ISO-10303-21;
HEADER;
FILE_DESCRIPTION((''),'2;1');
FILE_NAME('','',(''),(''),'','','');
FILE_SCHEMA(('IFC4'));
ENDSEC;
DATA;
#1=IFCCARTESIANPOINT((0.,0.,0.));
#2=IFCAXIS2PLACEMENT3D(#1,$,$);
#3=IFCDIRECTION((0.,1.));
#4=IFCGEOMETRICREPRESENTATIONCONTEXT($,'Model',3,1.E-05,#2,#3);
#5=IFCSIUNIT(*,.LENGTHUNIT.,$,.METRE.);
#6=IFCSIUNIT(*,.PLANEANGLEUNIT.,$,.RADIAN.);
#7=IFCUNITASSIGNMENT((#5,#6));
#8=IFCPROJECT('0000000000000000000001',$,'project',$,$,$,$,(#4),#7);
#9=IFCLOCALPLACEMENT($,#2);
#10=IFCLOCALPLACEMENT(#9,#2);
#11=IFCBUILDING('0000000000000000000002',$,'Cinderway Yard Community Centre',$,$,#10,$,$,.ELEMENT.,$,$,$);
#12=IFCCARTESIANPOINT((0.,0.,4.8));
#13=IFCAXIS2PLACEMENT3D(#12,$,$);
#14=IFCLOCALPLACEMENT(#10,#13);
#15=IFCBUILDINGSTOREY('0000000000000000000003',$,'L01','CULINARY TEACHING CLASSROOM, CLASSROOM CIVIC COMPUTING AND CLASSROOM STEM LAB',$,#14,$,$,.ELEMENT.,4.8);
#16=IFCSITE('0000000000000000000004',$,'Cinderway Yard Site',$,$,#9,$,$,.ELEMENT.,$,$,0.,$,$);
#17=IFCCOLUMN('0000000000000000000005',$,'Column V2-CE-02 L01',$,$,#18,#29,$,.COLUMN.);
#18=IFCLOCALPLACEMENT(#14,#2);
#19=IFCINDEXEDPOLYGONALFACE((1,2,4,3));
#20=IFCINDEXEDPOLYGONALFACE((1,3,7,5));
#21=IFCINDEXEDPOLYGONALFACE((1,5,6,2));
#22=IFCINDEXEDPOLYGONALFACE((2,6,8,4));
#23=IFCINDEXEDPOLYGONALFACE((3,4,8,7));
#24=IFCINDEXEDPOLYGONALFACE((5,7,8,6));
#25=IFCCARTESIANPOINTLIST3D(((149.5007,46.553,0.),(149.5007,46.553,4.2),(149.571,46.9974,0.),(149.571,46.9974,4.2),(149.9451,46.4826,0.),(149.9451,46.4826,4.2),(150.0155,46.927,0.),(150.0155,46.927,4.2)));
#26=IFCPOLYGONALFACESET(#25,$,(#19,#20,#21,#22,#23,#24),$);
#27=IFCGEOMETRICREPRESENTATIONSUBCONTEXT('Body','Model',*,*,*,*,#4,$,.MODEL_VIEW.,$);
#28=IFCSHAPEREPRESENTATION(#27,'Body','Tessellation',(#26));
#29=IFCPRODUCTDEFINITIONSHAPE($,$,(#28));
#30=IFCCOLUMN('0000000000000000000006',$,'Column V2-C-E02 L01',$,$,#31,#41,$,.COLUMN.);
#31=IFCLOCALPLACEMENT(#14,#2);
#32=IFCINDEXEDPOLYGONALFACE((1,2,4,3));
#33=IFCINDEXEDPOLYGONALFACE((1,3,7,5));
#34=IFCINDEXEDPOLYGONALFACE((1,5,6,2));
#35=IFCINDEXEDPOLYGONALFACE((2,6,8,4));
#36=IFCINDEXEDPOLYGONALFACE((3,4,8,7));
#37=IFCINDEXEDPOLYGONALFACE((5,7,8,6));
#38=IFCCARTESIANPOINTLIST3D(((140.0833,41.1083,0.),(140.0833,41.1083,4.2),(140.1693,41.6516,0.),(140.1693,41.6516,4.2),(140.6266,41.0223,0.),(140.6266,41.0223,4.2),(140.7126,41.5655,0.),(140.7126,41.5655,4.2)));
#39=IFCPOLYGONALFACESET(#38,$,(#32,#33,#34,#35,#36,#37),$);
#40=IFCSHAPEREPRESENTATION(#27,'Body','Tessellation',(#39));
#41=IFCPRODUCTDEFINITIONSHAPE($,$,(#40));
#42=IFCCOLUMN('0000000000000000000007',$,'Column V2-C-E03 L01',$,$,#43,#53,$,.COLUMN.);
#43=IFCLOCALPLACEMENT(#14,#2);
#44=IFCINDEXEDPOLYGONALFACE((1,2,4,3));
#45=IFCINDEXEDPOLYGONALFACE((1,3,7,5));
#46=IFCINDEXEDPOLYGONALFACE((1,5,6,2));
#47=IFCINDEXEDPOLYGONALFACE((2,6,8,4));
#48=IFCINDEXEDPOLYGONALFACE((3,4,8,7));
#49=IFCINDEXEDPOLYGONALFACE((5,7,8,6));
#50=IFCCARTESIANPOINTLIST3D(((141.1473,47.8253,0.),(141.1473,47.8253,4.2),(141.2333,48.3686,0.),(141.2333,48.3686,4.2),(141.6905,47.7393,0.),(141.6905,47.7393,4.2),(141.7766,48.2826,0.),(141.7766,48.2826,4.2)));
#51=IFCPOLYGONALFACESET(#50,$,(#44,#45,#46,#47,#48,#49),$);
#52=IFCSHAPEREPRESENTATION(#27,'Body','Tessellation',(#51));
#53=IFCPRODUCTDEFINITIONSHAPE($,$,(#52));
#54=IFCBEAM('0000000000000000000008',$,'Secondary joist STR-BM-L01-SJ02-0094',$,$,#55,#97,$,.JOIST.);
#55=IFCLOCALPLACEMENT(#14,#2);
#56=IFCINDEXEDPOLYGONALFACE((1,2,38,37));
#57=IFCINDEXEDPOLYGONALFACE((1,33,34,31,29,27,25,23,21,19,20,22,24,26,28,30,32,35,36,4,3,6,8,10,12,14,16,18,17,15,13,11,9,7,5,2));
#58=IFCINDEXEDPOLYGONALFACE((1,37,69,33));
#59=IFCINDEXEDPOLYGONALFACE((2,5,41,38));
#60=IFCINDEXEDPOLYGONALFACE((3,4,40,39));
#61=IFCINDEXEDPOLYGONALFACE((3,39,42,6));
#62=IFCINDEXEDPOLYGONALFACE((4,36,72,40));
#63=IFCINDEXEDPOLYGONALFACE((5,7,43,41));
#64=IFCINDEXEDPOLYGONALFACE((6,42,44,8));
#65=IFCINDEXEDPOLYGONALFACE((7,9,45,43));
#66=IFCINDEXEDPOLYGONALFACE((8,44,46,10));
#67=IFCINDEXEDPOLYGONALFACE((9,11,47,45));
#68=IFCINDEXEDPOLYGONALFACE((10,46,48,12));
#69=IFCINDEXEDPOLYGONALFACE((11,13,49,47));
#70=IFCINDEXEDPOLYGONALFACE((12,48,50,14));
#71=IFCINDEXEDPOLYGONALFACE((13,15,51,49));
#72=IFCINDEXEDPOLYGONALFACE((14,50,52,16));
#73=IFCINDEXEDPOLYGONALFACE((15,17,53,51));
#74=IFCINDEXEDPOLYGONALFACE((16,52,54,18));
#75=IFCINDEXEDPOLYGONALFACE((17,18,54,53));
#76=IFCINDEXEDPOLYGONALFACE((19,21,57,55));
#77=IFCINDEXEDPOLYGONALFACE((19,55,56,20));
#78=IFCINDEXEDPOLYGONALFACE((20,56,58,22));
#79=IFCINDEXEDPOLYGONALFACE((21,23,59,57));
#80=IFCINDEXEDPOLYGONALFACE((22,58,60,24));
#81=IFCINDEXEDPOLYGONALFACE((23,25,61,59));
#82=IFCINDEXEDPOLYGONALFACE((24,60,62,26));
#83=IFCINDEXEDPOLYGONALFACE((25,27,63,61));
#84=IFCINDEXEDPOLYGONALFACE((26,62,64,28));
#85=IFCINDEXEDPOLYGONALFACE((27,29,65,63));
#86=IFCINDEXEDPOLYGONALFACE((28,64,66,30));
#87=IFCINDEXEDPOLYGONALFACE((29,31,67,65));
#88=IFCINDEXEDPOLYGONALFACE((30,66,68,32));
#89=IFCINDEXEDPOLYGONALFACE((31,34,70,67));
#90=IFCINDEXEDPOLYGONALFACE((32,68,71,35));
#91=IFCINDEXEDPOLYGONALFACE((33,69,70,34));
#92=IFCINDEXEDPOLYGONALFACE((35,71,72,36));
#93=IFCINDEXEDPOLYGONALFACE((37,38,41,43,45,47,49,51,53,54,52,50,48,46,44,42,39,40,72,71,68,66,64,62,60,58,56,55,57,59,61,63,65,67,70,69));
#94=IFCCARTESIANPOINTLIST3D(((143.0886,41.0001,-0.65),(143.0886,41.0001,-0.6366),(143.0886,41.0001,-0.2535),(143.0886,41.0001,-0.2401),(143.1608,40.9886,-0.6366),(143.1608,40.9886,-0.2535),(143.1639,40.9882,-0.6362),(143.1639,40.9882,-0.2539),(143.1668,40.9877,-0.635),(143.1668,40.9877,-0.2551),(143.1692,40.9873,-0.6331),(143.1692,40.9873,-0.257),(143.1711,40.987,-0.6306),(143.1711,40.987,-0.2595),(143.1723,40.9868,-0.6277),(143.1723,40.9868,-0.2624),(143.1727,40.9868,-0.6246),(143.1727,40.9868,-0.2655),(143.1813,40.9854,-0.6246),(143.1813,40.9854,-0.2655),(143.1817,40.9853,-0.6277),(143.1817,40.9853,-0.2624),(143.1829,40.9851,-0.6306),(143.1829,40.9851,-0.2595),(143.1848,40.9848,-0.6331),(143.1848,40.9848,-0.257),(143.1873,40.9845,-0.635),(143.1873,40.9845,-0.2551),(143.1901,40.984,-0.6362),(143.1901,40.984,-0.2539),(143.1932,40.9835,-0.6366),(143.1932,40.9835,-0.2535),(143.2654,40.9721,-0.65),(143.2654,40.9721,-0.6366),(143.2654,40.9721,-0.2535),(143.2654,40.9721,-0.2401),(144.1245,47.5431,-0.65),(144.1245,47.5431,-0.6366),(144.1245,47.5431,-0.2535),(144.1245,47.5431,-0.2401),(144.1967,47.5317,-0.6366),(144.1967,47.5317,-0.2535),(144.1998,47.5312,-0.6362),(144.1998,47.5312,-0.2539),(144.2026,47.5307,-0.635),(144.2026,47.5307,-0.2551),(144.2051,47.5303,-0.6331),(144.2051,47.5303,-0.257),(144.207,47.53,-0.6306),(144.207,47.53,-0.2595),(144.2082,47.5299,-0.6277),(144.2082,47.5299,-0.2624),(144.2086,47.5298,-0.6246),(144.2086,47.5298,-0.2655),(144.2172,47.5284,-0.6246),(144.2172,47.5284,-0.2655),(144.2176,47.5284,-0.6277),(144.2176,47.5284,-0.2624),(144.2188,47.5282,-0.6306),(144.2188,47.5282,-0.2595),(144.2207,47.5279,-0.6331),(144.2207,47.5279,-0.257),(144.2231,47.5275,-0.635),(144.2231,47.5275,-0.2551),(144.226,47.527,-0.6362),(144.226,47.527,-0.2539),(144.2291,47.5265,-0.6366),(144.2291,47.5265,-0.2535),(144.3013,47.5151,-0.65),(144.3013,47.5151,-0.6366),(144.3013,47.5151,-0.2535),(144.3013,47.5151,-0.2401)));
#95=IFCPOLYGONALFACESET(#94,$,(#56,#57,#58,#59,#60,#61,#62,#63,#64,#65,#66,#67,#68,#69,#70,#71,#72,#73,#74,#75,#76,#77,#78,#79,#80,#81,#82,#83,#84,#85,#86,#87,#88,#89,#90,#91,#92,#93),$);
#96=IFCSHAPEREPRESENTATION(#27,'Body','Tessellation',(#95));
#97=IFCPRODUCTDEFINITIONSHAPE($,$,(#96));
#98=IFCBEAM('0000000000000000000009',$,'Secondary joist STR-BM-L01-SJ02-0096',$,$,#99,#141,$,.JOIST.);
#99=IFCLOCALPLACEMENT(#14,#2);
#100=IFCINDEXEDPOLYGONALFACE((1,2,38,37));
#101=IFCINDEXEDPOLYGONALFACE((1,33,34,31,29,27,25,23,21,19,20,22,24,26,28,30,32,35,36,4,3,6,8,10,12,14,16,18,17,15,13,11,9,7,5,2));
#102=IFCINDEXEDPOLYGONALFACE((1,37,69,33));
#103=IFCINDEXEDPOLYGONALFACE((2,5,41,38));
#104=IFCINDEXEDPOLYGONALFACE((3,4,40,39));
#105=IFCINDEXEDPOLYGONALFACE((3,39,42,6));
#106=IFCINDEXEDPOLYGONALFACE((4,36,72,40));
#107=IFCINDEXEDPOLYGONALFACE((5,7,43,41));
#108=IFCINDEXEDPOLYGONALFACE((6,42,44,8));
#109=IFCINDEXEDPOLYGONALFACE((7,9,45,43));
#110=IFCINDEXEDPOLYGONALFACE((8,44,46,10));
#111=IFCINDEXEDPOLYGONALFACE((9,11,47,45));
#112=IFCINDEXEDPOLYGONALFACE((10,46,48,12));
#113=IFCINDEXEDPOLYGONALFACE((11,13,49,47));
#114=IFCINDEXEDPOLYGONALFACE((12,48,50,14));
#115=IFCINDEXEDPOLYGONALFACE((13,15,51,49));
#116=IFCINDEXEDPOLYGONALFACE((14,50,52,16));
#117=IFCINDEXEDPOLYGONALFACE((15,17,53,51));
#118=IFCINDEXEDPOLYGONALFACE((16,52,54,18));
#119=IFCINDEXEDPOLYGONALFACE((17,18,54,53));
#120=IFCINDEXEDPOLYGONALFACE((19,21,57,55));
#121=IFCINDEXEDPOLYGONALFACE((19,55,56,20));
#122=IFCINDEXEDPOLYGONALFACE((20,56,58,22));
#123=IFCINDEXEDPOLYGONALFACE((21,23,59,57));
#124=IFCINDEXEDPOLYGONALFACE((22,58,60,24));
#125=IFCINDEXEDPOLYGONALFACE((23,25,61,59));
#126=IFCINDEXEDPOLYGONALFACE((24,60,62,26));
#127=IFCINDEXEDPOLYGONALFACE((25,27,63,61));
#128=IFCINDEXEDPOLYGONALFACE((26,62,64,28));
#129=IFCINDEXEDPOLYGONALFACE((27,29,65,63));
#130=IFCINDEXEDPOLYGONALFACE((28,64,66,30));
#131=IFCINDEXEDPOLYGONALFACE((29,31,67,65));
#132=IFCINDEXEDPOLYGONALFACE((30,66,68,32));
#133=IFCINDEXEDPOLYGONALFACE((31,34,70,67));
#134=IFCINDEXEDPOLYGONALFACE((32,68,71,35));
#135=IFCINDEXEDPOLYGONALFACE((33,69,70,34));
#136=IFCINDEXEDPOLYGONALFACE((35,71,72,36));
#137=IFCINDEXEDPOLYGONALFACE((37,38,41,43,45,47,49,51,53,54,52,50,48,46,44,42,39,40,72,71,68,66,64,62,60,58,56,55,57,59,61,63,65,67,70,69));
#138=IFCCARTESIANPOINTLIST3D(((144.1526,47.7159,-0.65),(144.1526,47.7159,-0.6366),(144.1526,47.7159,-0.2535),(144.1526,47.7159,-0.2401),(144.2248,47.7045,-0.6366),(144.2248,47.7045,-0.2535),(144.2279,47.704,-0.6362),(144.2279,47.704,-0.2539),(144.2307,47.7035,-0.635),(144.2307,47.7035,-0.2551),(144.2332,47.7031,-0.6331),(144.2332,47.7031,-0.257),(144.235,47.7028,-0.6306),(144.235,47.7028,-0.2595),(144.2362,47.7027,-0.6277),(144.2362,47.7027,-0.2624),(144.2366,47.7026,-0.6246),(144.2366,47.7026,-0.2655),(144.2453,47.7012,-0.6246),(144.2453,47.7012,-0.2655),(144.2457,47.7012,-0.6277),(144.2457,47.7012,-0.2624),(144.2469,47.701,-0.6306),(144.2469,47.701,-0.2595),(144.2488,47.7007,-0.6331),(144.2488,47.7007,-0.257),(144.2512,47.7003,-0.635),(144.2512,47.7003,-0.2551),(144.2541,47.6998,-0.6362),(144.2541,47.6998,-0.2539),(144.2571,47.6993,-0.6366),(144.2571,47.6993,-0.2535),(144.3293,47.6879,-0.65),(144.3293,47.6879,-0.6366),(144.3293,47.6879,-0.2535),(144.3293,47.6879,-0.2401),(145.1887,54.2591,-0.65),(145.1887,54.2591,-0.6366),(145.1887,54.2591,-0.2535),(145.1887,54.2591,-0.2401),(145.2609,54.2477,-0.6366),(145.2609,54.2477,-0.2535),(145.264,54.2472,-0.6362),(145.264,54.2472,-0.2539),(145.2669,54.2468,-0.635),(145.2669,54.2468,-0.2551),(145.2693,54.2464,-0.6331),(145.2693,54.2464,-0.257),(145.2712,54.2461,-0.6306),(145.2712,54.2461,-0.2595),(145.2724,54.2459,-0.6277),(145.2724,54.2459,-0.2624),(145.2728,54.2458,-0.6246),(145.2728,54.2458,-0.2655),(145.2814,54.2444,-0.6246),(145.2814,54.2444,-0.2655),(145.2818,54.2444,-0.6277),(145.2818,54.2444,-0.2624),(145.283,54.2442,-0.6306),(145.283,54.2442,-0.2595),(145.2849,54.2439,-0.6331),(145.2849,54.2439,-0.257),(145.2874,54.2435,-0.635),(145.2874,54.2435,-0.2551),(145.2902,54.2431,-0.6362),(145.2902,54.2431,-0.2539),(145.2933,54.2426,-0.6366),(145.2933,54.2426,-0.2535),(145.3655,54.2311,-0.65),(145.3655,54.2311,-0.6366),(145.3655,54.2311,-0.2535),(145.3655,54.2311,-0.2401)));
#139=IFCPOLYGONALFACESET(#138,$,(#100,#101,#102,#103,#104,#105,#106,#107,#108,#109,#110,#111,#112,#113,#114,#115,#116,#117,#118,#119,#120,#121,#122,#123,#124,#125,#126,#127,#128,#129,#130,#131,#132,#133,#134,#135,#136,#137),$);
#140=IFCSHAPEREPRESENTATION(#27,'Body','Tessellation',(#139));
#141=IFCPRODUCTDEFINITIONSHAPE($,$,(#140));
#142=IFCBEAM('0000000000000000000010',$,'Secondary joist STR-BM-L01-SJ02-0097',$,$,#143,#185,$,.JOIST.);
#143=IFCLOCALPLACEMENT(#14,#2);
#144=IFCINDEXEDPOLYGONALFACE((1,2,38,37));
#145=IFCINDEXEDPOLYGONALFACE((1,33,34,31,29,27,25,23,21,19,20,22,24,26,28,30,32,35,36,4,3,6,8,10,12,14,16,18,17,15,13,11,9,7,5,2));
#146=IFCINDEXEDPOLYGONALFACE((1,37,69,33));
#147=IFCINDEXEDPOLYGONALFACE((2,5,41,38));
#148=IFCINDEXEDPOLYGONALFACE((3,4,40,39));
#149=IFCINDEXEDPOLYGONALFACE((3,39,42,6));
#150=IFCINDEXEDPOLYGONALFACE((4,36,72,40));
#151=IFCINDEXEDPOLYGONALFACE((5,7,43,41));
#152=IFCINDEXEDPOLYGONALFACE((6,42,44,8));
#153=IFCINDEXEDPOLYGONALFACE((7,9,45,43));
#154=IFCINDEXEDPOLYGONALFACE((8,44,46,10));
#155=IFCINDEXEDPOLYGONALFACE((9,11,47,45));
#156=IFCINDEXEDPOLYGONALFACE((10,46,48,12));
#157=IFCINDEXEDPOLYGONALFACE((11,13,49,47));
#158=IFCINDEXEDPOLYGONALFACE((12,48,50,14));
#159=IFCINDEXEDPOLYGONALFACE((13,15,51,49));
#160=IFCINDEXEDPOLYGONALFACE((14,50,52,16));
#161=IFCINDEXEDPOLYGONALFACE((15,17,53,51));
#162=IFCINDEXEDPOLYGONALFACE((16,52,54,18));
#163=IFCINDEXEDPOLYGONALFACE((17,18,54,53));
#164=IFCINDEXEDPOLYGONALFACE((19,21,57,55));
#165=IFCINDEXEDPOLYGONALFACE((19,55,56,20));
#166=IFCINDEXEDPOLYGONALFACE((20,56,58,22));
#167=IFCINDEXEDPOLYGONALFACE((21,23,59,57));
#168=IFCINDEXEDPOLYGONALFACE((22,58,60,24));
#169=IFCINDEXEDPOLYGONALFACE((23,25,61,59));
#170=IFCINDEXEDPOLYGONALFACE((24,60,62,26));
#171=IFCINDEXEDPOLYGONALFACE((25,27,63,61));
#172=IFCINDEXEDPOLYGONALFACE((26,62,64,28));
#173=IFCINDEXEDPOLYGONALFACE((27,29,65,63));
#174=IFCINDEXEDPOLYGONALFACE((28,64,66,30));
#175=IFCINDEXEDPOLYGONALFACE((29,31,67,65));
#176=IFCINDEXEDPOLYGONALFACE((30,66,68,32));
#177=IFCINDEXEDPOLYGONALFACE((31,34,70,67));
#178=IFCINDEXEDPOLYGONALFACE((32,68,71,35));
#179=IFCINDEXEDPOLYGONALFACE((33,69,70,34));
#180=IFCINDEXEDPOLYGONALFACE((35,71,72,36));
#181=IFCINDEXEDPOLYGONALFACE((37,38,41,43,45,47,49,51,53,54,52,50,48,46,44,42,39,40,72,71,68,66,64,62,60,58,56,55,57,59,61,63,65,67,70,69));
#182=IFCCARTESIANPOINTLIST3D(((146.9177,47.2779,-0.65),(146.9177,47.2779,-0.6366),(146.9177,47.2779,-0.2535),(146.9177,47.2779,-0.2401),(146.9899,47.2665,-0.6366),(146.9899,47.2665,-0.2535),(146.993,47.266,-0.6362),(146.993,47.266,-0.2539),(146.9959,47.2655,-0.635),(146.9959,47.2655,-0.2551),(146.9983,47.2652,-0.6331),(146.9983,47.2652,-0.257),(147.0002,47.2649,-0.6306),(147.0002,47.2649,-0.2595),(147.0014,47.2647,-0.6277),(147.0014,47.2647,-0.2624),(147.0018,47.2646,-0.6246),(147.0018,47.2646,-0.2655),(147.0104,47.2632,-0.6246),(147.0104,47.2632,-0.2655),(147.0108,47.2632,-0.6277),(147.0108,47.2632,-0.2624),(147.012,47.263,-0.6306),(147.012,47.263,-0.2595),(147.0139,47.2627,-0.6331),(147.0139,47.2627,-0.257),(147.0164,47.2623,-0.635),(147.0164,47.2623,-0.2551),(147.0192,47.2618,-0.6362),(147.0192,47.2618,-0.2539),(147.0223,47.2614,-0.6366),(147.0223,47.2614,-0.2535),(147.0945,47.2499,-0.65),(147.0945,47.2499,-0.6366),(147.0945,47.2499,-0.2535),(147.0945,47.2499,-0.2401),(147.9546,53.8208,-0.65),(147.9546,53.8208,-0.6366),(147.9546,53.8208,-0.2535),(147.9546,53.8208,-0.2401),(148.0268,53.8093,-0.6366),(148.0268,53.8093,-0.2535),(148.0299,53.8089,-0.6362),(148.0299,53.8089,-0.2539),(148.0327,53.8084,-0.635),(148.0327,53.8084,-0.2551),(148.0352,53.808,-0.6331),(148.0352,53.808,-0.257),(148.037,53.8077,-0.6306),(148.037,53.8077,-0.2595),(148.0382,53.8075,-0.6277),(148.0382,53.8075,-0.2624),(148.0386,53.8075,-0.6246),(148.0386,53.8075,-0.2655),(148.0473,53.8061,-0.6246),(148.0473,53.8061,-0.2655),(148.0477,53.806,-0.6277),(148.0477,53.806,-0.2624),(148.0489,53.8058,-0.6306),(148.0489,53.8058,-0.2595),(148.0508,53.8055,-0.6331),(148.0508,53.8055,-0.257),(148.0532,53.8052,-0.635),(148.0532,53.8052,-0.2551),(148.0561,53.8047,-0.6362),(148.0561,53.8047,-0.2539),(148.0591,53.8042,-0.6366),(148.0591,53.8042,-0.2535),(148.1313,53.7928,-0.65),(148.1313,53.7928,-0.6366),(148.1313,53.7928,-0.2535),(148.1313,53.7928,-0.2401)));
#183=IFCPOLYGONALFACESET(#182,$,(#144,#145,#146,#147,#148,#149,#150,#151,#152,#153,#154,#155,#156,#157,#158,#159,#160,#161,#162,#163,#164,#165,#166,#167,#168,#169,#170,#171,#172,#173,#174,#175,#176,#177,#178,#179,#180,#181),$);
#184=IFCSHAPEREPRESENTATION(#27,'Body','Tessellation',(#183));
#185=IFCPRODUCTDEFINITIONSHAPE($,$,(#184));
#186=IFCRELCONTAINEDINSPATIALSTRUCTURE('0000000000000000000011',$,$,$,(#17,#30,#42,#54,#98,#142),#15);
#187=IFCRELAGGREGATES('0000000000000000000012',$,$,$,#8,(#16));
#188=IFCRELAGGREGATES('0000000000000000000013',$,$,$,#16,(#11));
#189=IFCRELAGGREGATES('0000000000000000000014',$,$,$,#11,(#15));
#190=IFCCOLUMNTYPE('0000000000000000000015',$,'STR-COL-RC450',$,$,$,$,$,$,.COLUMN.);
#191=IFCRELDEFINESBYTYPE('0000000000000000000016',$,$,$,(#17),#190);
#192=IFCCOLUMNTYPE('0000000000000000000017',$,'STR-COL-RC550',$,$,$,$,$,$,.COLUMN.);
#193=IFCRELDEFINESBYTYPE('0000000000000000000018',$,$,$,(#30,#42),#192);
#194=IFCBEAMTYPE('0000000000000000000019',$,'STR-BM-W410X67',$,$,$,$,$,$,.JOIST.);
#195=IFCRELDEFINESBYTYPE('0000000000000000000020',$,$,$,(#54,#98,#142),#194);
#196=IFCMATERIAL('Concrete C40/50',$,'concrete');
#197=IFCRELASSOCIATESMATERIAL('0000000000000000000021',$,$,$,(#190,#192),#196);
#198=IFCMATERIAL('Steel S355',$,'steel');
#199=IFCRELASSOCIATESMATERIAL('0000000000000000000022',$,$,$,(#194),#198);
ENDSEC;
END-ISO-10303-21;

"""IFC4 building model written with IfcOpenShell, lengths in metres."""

from ifc_helpers import new_model, si_unit, direction, frame, origin, origin_2d, place, context, subcontext, project, spatial, rectangle, i_section, extrude, material, material_profile, profile_set, type_object, element, save


model = new_model("IFC4")

# Units and contexts
model_context = context("Model", 3, precision=1e-05, world=origin(), true_north=direction((0.0, 1.0)))
body_context = subcontext(model_context, "Body", "Model", "MODEL_VIEW")
ifc_project = project(units=[si_unit("LENGTHUNIT", "METRE"), si_unit("PLANEANGLEUNIT", "RADIAN")], contexts=[model_context])

# Site, building, storey
site_placement = place(None, origin())
site = spatial("IfcSite", under=ifc_project, at=site_placement, Name="Cinderway Yard Site", CompositionType="ELEMENT", RefElevation=0.0)
building_placement = place(site_placement, origin())
building = spatial("IfcBuilding", under=site, at=building_placement, Name="Cinderway Yard Community Centre", CompositionType="ELEMENT")
storey_placement = place(building_placement, frame((0.0, 0.0, 4.8)))
storey = spatial("IfcBuildingStorey", under=building, at=storey_placement, Name="L01", Description="CULINARY TEACHING CLASSROOM, CLASSROOM CIVIC COMPUTING AND CLASSROOM STEM LAB", CompositionType="ELEMENT", Elevation=4.8)

# Columns
ifc_material_1 = material(Name="Concrete C40/50", Category="concrete")
ifc_material_profile_1 = material_profile(ifc_material_1, rectangle(XDim=0.45, YDim=0.45, at=origin_2d()), Name="Concrete C40/50")
ifc_profile_set_1 = profile_set([ifc_material_profile_1], Name="Concrete C40/50")
column_type_1 = type_object("IfcColumnType", Name="STR-COL-RC450", PredefinedType="COLUMN", material=ifc_profile_set_1)
column_placement = place(storey_placement, frame((149.7581, 46.74, 0.0), z_axis=(0.0, 0.0, 1.0), x_axis=(0.987688, -0.156434, 0.0)))
element("IfcColumn", 1, at=column_placement, inside=storey, type_object=column_type_1, Name="Column V2-CE-02 L01", PredefinedType="COLUMN", context=body_context, shape_type="SweptSolid", body=[
    extrude(rectangle(XDim=0.45, YDim=0.45, at=origin_2d()), origin(), (0.0, 0.0, 1.0), 4.2),
])
ifc_material_profile_2 = material_profile(ifc_material_1, rectangle(XDim=0.55, YDim=0.55, at=origin_2d()), Name="Concrete C40/50")
ifc_profile_set_2 = profile_set([ifc_material_profile_2], Name="Concrete C40/50")
column_type_2 = type_object("IfcColumnType", Name="STR-COL-RC550", PredefinedType="COLUMN", material=ifc_profile_set_2)
for number, where, z_axis, x_axis, name in (
    (2, (140.3979, 41.3369, 0.0), (0.0, 0.0, 1.0), (0.987688, -0.156434, 0.0), "Column V2-C-E02 L01"),
    (3, (141.4619, 48.054, 0.0), (0.0, 0.0, 1.0), (0.987688, -0.156434, 0.0), "Column V2-C-E03 L01"),
):
    element("IfcColumn", number, at=place(storey_placement, frame(where, z_axis=z_axis, x_axis=x_axis)), inside=storey, type_object=column_type_2, Name=name, PredefinedType="COLUMN", context=body_context, shape_type="SweptSolid", body=[
        extrude(rectangle(XDim=0.55, YDim=0.55, at=origin_2d()), origin(), (0.0, 0.0, 1.0), 4.2),
    ])

# Beams
ifc_material_2 = material(Name="Steel S355", Category="steel")
ifc_material_profile_3 = material_profile(ifc_material_2, i_section(OverallWidth=0.179, OverallDepth=0.4099, WebThickness=0.0088, FlangeThickness=0.0134, FilletRadius=0.012, at=origin_2d()), Name="Steel S355")
ifc_profile_set_3 = profile_set([ifc_material_profile_3], Name="Steel S355")
beam_type_1 = type_object("IfcBeamType", Name="STR-BM-W410X67", PredefinedType="JOIST", material=ifc_profile_set_3)
beam_1_placement = place(storey_placement, frame((143.177, 40.9861, -0.4451), z_axis=(0.156373, 0.987698, 0.0), x_axis=(-0.987698, 0.156373, 0.0)))
element("IfcBeam", 4, at=beam_1_placement, inside=storey, type_object=beam_type_1, Name="Secondary joist STR-BM-L01-SJ02-0094", PredefinedType="JOIST", context=body_context, shape_type="SweptSolid", body=[
    extrude(i_section(OverallWidth=0.179, OverallDepth=0.4099, WebThickness=0.0088, FlangeThickness=0.0134, FilletRadius=0.012, at=origin_2d()), origin(), (0.0, 0.0, 1.0), 6.6245),
])
beam_2_placement = place(storey_placement, frame((144.241, 47.7019, -0.4451), z_axis=(0.156403, 0.987693, 0.0), x_axis=(-0.987693, 0.156403, 0.0)))
element("IfcBeam", 5, at=beam_2_placement, inside=storey, type_object=beam_type_1, Name="Secondary joist STR-BM-L01-SJ02-0096", PredefinedType="JOIST", context=body_context, shape_type="SweptSolid", body=[
    extrude(i_section(OverallWidth=0.179, OverallDepth=0.4099, WebThickness=0.0088, FlangeThickness=0.0134, FilletRadius=0.012, at=origin_2d()), origin(), (0.0, 0.0, 1.0), 6.6248),
])
beam_3_placement = place(storey_placement, frame((147.0061, 47.2639, -0.4451), z_axis=(0.156517, 0.987675, 0.0), x_axis=(-0.987675, 0.156517, 0.0)))
element("IfcBeam", 6, at=beam_3_placement, inside=storey, type_object=beam_type_1, Name="Secondary joist STR-BM-L01-SJ02-0097", PredefinedType="JOIST", context=body_context, shape_type="SweptSolid", body=[
    extrude(i_section(OverallWidth=0.179, OverallDepth=0.4099, WebThickness=0.0088, FlangeThickness=0.0134, FilletRadius=0.012, at=origin_2d()), origin(), (0.0, 0.0, 1.0), 6.6245),
])

save(model, "model.ifc")
